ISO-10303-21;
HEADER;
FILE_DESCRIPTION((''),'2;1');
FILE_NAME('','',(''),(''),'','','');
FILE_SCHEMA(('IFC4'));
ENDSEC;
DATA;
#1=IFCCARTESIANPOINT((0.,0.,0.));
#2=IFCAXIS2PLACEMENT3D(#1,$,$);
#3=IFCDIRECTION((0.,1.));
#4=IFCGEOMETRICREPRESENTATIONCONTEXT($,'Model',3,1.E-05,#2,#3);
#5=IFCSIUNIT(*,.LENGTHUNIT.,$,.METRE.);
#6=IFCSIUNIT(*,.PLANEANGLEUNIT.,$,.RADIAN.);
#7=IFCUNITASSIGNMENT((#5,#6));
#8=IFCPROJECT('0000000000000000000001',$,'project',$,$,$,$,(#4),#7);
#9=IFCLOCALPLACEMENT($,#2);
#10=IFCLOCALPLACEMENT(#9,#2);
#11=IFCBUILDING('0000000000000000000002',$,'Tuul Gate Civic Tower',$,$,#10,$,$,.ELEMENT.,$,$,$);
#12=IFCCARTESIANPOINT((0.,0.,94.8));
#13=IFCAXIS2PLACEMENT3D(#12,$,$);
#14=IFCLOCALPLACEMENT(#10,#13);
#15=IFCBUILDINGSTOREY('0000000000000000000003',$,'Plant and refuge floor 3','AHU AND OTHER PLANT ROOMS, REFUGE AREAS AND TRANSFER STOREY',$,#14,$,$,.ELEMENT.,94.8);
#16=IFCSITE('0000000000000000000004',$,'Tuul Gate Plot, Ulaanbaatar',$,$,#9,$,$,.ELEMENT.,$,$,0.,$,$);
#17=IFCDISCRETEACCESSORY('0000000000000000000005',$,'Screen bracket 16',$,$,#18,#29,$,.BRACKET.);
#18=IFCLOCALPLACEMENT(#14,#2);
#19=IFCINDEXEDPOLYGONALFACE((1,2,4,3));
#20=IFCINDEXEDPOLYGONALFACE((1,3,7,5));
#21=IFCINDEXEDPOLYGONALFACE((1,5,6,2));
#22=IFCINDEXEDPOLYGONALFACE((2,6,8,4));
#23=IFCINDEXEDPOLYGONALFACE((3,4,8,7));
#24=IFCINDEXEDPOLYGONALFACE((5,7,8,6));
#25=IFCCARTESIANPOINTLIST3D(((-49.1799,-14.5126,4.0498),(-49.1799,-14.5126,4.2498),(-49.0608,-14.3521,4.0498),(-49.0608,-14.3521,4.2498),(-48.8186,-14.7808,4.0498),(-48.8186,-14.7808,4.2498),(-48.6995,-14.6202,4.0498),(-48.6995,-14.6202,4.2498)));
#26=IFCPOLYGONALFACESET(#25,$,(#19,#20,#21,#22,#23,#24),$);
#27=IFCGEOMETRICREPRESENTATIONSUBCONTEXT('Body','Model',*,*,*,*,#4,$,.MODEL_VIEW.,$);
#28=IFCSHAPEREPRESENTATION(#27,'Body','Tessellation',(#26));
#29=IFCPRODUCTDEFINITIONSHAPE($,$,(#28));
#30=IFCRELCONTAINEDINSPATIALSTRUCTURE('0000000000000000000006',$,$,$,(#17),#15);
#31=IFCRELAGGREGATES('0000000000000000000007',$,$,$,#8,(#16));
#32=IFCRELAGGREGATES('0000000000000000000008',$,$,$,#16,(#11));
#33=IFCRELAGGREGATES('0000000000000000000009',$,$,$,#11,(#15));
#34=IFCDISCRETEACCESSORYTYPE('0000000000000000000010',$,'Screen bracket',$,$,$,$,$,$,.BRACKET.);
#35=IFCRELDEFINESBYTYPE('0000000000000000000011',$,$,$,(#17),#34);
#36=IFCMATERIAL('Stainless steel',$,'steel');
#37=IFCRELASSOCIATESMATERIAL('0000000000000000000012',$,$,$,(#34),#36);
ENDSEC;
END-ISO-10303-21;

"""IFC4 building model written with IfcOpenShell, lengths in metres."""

from ifc_helpers import new_model, si_unit, direction, frame, origin, origin_2d, place, context, subcontext, project, spatial, rectangle, extrude, material, type_object, element, save


model = new_model("IFC4")

# Units and contexts
model_context = context("Model", 3, precision=1e-05, world=origin(), true_north=direction((0.0, 1.0)))
body_context = subcontext(model_context, "Body", "Model", "MODEL_VIEW")
ifc_project = project(units=[si_unit("LENGTHUNIT", "METRE"), si_unit("PLANEANGLEUNIT", "RADIAN")], contexts=[model_context])

# Site, building, storey
site_placement = place(None, origin())
site = spatial("IfcSite", under=ifc_project, at=site_placement, Name="Tuul Gate Plot, Ulaanbaatar", CompositionType="ELEMENT", RefElevation=0.0)
building_placement = place(site_placement, origin())
building = spatial("IfcBuilding", under=site, at=building_placement, Name="Tuul Gate Civic Tower", CompositionType="ELEMENT")
storey_placement = place(building_placement, frame((0.0, 0.0, 94.8)))
storey = spatial("IfcBuildingStorey", under=building, at=storey_placement, Name="Plant and refuge floor 3", Description="AHU AND OTHER PLANT ROOMS, REFUGE AREAS AND TRANSFER STOREY", CompositionType="ELEMENT", Elevation=94.8)

# Discrete accessory
ifc_material_1 = material(Name="Stainless steel", Category="steel")
discrete_accessory_type = type_object("IfcDiscreteAccessoryType", Name="Screen bracket", PredefinedType="BRACKET", material=ifc_material_1)
discrete_accessory_placement = place(storey_placement, frame((-48.9397, -14.5664, 4.0498), z_axis=(0.0, 0.0, 1.0), x_axis=(-0.803054, 0.595907, 0.0)))
element("IfcDiscreteAccessory", 1, at=discrete_accessory_placement, inside=storey, type_object=discrete_accessory_type, Name="Screen bracket 16", PredefinedType="BRACKET", context=body_context, shape_type="SweptSolid", body=[
    extrude(rectangle(XDim=0.45, YDim=0.2, at=origin_2d()), origin(), (0.0, 0.0, 1.0), 0.2),
])

save(model, "model.ifc")
